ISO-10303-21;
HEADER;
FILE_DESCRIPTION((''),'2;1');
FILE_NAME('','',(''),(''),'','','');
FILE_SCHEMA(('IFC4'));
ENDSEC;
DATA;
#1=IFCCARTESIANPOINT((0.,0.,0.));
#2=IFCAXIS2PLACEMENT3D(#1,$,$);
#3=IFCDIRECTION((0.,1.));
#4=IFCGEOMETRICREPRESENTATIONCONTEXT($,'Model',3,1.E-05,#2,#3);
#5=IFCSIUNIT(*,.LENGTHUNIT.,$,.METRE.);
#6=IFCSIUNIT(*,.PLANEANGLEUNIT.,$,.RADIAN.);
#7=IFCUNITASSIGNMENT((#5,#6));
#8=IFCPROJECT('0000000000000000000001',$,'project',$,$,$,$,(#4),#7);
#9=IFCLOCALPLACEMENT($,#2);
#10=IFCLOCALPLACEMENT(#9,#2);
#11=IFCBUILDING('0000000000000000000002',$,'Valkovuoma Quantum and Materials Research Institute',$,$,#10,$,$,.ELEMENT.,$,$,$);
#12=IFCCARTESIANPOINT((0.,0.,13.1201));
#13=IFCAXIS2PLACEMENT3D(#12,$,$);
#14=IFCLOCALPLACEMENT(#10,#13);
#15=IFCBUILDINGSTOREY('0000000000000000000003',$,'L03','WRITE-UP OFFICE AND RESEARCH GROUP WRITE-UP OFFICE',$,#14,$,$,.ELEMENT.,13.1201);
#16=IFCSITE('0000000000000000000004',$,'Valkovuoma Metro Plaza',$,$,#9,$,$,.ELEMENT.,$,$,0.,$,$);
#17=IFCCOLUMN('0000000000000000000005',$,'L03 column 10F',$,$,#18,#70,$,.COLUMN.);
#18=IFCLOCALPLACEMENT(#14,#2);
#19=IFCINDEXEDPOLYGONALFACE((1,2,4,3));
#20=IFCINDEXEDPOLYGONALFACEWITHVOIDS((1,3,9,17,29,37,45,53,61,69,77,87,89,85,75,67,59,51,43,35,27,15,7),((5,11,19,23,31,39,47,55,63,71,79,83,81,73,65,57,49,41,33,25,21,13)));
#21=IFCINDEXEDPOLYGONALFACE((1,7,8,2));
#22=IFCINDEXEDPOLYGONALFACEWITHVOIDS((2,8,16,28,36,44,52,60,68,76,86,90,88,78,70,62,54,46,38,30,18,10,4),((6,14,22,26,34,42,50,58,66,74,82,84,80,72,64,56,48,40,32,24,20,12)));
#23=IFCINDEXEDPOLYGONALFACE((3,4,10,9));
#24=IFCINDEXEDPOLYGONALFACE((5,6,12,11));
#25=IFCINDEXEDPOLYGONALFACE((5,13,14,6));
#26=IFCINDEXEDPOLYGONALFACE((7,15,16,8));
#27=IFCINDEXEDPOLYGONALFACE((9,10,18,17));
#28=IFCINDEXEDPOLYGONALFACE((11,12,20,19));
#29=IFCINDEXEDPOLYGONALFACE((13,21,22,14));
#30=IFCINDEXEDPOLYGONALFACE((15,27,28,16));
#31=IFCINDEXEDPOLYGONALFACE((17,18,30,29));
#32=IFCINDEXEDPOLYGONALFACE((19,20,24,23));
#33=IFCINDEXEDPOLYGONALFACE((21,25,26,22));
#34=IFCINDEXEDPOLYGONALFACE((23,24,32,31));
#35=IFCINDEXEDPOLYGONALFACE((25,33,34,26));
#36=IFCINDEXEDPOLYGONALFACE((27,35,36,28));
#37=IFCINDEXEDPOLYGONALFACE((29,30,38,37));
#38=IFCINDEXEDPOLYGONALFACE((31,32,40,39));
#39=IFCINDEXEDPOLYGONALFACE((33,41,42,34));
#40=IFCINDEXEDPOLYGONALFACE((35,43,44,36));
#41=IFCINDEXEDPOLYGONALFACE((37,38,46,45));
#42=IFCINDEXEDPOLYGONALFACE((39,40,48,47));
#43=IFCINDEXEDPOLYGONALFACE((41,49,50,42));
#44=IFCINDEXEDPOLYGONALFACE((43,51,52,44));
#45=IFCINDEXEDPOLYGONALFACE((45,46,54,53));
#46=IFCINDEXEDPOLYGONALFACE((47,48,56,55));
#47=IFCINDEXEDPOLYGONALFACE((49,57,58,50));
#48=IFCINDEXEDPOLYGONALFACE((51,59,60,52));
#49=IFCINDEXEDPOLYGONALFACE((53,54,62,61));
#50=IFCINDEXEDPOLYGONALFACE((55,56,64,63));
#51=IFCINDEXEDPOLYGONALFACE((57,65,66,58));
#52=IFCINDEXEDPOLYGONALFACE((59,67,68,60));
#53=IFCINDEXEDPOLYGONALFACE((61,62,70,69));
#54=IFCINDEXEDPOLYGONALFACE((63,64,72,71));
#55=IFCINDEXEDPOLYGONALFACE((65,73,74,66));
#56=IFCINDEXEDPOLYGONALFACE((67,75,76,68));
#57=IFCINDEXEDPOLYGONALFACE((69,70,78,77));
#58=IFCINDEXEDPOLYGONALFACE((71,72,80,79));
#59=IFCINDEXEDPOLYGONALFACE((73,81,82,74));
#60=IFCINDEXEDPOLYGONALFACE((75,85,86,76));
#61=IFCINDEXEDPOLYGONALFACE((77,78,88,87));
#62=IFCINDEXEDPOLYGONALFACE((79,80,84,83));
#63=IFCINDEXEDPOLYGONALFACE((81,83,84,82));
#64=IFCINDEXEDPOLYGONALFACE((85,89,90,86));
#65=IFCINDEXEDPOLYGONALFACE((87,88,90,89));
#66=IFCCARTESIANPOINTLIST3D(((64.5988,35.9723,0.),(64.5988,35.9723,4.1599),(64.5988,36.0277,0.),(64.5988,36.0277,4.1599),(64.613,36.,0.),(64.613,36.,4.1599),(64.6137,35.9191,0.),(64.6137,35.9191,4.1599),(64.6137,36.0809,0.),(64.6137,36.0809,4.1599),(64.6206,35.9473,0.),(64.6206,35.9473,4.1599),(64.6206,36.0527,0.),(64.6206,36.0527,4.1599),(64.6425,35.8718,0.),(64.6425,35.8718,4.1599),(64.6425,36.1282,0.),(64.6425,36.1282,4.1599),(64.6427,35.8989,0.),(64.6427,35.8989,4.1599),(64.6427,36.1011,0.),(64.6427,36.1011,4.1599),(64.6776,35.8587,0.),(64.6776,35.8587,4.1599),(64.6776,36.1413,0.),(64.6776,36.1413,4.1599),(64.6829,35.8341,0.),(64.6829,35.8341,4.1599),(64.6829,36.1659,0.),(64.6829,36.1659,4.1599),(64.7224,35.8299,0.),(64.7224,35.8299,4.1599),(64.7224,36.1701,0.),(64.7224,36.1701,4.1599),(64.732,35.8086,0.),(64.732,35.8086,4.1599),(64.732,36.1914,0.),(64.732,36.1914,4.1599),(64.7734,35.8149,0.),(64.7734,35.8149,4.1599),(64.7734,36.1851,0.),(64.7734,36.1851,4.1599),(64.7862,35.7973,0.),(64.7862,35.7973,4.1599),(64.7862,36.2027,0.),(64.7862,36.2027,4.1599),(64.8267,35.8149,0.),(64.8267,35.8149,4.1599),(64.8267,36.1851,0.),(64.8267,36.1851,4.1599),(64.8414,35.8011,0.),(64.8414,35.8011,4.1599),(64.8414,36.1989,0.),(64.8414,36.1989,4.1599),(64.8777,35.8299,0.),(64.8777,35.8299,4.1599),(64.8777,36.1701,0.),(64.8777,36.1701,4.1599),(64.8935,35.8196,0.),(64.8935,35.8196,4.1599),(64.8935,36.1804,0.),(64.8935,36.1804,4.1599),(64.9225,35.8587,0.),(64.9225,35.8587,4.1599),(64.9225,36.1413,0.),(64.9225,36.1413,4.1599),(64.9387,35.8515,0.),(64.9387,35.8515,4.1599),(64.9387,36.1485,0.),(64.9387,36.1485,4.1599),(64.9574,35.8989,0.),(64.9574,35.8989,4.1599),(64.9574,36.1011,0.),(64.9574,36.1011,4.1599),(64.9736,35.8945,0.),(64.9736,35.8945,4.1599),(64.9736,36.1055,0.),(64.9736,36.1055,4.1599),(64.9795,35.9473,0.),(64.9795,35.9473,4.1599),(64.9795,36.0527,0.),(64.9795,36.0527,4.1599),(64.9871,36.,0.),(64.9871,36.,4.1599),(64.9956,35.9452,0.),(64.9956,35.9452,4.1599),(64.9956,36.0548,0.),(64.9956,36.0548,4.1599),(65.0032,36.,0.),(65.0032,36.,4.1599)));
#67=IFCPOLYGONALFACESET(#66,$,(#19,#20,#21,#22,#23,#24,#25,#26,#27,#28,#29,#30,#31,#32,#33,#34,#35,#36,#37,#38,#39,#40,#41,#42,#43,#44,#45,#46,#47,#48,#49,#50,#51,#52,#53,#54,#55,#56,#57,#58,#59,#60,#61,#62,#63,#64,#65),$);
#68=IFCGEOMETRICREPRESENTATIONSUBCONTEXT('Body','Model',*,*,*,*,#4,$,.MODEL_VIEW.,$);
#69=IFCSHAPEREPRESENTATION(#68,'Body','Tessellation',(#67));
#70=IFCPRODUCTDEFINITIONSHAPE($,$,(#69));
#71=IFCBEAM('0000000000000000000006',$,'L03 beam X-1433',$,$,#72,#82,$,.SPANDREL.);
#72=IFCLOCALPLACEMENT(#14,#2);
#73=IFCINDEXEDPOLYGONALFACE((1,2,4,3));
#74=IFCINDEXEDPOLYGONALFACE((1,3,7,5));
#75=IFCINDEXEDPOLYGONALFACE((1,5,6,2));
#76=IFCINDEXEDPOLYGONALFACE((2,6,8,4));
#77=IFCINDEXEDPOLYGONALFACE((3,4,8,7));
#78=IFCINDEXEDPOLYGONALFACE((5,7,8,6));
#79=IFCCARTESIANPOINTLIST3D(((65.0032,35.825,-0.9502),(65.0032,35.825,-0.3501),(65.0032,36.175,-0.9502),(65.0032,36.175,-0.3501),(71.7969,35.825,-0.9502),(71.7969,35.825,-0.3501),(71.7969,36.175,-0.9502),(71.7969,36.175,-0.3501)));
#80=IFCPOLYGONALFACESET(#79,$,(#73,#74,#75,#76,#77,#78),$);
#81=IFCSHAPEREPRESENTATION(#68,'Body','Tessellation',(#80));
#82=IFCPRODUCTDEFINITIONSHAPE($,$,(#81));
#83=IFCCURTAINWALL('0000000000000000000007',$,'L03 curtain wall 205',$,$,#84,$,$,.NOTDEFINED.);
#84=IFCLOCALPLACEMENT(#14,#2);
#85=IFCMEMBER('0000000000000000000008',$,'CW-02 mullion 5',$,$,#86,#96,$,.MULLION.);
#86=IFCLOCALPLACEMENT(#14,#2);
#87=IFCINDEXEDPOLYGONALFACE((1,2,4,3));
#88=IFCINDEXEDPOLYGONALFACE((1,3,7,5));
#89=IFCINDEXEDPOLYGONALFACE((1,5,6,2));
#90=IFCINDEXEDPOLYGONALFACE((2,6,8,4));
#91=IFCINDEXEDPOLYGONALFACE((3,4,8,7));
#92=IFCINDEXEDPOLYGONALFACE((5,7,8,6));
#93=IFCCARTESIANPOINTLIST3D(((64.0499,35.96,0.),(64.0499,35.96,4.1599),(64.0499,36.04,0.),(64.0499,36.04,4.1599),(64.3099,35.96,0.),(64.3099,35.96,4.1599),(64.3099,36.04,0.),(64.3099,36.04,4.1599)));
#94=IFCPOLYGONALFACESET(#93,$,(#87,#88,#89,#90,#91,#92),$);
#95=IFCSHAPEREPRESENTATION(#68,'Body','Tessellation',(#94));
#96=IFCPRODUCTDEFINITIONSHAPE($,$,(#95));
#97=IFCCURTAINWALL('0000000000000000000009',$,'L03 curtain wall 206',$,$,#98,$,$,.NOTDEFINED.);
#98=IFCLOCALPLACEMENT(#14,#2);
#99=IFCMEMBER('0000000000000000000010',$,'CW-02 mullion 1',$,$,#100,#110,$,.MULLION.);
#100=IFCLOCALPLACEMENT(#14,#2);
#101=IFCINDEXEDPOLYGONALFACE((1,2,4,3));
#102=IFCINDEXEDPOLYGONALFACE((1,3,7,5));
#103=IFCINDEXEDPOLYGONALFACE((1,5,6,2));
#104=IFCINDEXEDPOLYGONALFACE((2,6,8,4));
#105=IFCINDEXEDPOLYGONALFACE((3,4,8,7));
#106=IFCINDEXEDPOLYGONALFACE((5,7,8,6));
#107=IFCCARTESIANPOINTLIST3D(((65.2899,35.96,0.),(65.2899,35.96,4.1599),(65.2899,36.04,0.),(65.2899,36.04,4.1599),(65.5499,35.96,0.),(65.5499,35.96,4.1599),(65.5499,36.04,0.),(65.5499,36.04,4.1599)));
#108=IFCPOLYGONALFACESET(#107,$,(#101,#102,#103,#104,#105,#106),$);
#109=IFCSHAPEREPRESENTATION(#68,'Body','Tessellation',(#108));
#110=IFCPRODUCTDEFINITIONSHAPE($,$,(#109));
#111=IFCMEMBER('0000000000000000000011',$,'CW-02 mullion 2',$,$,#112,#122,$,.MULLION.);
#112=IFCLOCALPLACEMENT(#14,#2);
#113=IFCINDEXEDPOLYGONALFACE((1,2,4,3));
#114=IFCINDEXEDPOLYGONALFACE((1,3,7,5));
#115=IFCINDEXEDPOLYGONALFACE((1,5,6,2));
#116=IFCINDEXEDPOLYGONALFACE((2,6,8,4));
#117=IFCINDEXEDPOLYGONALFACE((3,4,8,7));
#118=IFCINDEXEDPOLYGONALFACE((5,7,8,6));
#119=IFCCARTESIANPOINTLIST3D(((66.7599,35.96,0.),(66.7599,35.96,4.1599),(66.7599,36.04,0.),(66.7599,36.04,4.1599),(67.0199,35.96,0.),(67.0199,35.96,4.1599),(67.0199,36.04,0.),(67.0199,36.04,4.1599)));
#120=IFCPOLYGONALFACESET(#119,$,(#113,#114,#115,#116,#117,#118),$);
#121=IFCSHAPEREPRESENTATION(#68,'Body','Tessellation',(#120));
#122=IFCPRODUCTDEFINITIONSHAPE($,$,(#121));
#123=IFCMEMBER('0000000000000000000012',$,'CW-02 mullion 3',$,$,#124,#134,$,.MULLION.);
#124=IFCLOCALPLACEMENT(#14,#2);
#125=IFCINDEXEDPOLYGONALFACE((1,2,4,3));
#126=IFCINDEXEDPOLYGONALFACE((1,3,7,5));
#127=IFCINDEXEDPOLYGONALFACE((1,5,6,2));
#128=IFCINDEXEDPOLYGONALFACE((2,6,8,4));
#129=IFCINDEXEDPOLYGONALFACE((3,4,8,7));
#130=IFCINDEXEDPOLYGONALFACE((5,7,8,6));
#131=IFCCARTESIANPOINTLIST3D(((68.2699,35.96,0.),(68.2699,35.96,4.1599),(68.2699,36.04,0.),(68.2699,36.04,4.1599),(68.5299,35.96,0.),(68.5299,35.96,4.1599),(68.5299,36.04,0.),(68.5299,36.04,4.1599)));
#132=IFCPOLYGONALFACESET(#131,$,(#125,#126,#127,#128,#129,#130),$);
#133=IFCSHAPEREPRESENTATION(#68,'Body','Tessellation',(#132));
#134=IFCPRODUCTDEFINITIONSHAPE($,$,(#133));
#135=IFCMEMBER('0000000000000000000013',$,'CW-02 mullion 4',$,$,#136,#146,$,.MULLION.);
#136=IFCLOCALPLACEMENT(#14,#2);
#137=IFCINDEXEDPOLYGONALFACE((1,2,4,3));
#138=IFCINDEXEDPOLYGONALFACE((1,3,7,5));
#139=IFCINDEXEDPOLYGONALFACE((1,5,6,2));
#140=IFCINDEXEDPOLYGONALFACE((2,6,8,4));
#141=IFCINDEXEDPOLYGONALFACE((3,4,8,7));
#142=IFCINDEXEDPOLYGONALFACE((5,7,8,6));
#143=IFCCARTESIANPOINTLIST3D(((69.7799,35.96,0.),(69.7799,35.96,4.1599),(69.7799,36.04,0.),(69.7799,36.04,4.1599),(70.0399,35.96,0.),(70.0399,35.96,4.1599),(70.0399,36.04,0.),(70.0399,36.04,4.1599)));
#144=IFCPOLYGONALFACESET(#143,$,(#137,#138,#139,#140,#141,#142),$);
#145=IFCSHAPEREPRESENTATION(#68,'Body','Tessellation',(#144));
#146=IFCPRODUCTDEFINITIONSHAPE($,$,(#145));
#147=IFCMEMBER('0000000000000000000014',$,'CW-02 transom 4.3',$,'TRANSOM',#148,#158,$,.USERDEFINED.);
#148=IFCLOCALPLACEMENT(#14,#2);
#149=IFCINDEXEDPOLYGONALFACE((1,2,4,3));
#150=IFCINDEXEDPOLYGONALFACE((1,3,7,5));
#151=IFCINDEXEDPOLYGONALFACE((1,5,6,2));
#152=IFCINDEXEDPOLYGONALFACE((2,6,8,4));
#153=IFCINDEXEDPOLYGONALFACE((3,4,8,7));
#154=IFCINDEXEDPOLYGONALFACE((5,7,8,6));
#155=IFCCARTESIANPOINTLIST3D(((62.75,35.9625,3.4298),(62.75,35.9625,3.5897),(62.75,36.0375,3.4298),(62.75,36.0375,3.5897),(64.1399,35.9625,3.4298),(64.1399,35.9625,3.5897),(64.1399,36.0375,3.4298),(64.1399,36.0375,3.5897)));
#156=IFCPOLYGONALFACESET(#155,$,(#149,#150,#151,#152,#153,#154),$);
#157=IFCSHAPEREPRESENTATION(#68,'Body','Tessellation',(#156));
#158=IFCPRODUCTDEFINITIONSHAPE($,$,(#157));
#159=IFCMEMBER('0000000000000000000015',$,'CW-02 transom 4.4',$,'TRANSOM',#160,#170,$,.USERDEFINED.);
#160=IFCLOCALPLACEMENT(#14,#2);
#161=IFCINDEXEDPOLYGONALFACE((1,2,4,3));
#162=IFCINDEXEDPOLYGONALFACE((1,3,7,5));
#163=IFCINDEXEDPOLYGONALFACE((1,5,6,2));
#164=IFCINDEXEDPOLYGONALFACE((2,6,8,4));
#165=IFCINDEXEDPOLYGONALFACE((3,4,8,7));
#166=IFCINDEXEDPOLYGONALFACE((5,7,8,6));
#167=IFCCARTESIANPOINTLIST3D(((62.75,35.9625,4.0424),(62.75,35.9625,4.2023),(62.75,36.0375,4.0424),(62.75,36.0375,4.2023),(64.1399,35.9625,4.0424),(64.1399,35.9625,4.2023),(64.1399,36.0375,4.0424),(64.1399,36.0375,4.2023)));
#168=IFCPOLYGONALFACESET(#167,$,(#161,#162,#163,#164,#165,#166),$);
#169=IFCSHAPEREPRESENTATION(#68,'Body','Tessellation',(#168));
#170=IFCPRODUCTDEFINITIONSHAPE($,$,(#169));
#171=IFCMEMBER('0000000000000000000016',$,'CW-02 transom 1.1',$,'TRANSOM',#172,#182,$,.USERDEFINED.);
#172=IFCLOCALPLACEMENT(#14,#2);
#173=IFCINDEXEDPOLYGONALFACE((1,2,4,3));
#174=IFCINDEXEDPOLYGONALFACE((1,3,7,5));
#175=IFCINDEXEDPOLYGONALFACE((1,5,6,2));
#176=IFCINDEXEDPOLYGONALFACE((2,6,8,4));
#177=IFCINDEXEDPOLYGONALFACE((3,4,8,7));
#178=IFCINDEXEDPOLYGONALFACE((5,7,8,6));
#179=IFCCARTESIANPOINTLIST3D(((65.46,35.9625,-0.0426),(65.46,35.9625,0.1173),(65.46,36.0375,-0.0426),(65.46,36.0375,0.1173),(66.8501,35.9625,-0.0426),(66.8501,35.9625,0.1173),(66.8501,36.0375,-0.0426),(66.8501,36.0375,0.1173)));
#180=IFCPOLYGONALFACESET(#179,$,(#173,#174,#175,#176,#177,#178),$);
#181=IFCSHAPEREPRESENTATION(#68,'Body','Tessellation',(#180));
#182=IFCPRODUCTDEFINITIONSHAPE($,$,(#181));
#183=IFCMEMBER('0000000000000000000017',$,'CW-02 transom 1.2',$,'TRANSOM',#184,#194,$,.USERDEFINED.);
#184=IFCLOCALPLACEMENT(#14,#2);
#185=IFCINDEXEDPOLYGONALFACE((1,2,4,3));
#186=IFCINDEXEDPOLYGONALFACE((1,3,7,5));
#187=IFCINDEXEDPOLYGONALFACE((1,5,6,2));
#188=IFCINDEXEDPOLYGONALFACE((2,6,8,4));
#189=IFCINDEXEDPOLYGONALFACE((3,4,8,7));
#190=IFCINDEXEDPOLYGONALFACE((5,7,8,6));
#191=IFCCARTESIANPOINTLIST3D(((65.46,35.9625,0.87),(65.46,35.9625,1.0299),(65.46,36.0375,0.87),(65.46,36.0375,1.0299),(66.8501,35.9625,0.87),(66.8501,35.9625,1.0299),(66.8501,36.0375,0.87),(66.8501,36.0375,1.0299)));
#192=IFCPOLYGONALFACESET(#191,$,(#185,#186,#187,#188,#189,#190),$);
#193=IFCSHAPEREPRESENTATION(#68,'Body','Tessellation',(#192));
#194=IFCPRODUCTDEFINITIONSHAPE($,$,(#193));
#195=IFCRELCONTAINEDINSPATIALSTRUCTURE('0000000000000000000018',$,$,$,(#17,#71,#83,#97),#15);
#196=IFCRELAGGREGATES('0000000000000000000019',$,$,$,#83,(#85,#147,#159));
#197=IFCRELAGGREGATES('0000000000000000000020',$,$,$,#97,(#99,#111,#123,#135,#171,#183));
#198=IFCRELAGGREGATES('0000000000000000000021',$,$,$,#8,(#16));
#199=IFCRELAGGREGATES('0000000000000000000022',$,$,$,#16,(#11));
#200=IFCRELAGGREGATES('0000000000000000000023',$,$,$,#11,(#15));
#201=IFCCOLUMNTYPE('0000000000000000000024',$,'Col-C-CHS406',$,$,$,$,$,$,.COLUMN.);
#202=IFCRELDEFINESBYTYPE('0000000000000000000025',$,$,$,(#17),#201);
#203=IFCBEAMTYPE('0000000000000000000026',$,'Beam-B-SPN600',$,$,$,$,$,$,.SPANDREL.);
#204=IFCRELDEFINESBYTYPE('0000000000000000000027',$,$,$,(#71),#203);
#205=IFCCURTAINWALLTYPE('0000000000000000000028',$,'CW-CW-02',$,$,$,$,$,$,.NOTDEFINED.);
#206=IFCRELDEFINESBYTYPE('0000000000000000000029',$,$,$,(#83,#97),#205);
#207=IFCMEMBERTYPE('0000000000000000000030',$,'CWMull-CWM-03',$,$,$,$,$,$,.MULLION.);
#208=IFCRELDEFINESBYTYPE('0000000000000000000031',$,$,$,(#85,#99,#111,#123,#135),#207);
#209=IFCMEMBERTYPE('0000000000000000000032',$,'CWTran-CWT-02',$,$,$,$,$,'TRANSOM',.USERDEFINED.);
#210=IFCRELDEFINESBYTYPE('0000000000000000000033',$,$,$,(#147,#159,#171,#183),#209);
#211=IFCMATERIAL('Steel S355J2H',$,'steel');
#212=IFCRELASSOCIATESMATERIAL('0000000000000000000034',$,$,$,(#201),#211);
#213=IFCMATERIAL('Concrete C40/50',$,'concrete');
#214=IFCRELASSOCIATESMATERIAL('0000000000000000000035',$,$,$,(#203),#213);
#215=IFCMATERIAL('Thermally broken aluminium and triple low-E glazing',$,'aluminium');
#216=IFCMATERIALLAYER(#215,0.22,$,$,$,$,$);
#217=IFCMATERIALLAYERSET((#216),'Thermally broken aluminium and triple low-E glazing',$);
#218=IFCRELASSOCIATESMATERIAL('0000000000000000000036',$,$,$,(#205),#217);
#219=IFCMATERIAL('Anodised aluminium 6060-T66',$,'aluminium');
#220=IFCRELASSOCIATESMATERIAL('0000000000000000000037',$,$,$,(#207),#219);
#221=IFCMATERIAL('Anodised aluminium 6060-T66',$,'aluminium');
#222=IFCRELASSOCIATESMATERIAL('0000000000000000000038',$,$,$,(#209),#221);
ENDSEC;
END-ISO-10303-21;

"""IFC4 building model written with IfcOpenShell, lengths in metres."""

from ifc_helpers import new_model, si_unit, direction, frame, origin, origin_2d, place, context, subcontext, project, spatial, rectangle, hollow_circle, extrude, material, layer, layer_set, material_profile, profile_set, type_object, element, aggregate, save


model = new_model("IFC4")

# Units and contexts
model_context = context("Model", 3, precision=1e-05, world=origin(), true_north=direction((0.0, 1.0)))
body_context = subcontext(model_context, "Body", "Model", "MODEL_VIEW")
ifc_project = project(units=[si_unit("LENGTHUNIT", "METRE"), si_unit("PLANEANGLEUNIT", "RADIAN")], contexts=[model_context])

# Site, building, storey
site_placement = place(None, origin())
site = spatial("IfcSite", under=ifc_project, at=site_placement, Name="Valkovuoma Metro Plaza", CompositionType="ELEMENT", RefElevation=0.0)
building_placement = place(site_placement, origin())
building = spatial("IfcBuilding", under=site, at=building_placement, Name="Valkovuoma Quantum and Materials Research Institute", CompositionType="ELEMENT")
storey_placement = place(building_placement, frame((0.0, 0.0, 13.1201)))
storey = spatial("IfcBuildingStorey", under=building, at=storey_placement, Name="L03", Description="WRITE-UP OFFICE AND RESEARCH GROUP WRITE-UP OFFICE", CompositionType="ELEMENT", Elevation=13.1201)

# Column
ifc_material_1 = material(Name="Steel S355J2H", Category="steel")
ifc_material_profile_1 = material_profile(ifc_material_1, hollow_circle(Radius=0.2031, WallThickness=0.0161, at=origin_2d()), Name="Steel S355J2H")
ifc_profile_set_1 = profile_set([ifc_material_profile_1], Name="Steel S355J2H")
column_type = type_object("IfcColumnType", Name="Col-C-CHS406", PredefinedType="COLUMN", material=ifc_profile_set_1)
column_placement = place(storey_placement, frame((64.8, 36.0, 0.0), z_axis=(0.0, 0.0, 1.0), x_axis=(1.0, 0.0, 0.0)))
element("IfcColumn", 1, at=column_placement, inside=storey, type_object=column_type, Name="L03 column 10F", PredefinedType="COLUMN", context=body_context, shape_type="SweptSolid", body=[
    extrude(hollow_circle(Radius=0.2031, WallThickness=0.0161, at=origin_2d()), origin(), (0.0, 0.0, 1.0), 4.1599),
])

# Beam
ifc_material_2 = material(Name="Concrete C40/50", Category="concrete")
ifc_material_profile_2 = material_profile(ifc_material_2, rectangle(XDim=0.3501, YDim=0.6001, at=origin_2d()), Name="Concrete C40/50")
ifc_profile_set_2 = profile_set([ifc_material_profile_2], Name="Concrete C40/50")
beam_type = type_object("IfcBeamType", Name="Beam-B-SPN600", PredefinedType="SPANDREL", material=ifc_profile_set_2)
beam_placement = place(storey_placement, frame((65.0032, 36.0, -0.6501), z_axis=(1.0, 0.0, 0.0), x_axis=(0.0, 1.0, 0.0)))
element("IfcBeam", 2, at=beam_placement, inside=storey, type_object=beam_type, Name="L03 beam X-1433", PredefinedType="SPANDREL", context=body_context, shape_type="SweptSolid", body=[
    extrude(rectangle(XDim=0.3501, YDim=0.6001, at=origin_2d()), origin(), (0.0, 0.0, 1.0), 6.7937),
])

# Curtain wall, member
ifc_material_3 = material(Name="Thermally broken aluminium and triple low-E glazing", Category="aluminium")
ifc_layer_1 = layer(ifc_material_3, 0.22)
ifc_layer_set_1 = layer_set([ifc_layer_1], Name="Thermally broken aluminium and triple low-E glazing")
curtain_wall_type = type_object("IfcCurtainWallType", Name="CW-CW-02", PredefinedType="NOTDEFINED", material=ifc_layer_set_1)
curtain_wall_1_placement = place(storey_placement, origin())
curtain_wall_1 = element("IfcCurtainWall", 3, at=curtain_wall_1_placement, inside=storey, type_object=curtain_wall_type, Name="L03 curtain wall 205", PredefinedType="NOTDEFINED")
ifc_material_4 = material(Name="Anodised aluminium 6060-T66", Category="aluminium")
ifc_material_profile_3 = material_profile(ifc_material_4, rectangle(XDim=0.0801, YDim=0.26, at=origin_2d()), Name="Anodised aluminium 6060-T66")
ifc_profile_set_3 = profile_set([ifc_material_profile_3], Name="Anodised aluminium 6060-T66")
member_type_1 = type_object("IfcMemberType", Name="CWMull-CWM-03", PredefinedType="MULLION", material=ifc_profile_set_3)
member_1_placement = place(storey_placement, frame((64.1799, 36.0, 0.0), z_axis=(0.0, 0.0, 1.0), x_axis=(0.0, 1.0, 0.0)))
member_1 = element("IfcMember", 4, at=member_1_placement, type_object=member_type_1, Name="CW-02 mullion 5", PredefinedType="MULLION", context=body_context, shape_type="SweptSolid", body=[
    extrude(rectangle(XDim=0.0801, YDim=0.26, at=origin_2d()), origin(), (0.0, 0.0, 1.0), 4.1599),
])

# Curtain wall, members
curtain_wall_2_placement = place(storey_placement, origin())
curtain_wall_2 = element("IfcCurtainWall", 5, at=curtain_wall_2_placement, inside=storey, type_object=curtain_wall_type, Name="L03 curtain wall 206", PredefinedType="NOTDEFINED")
member_2_placement = place(storey_placement, frame((65.4199, 36.0, 0.0), z_axis=(0.0, 0.0, 1.0), x_axis=(0.0, 1.0, 0.0)))
member_2 = element("IfcMember", 6, at=member_2_placement, type_object=member_type_1, Name="CW-02 mullion 1", PredefinedType="MULLION", context=body_context, shape_type="SweptSolid", body=[
    extrude(rectangle(XDim=0.0801, YDim=0.26, at=origin_2d()), origin(), (0.0, 0.0, 1.0), 4.1599),
])
member_3_placement = place(storey_placement, frame((66.8899, 36.0, 0.0), z_axis=(0.0, 0.0, 1.0), x_axis=(0.0, 1.0, 0.0)))
member_3 = element("IfcMember", 7, at=member_3_placement, type_object=member_type_1, Name="CW-02 mullion 2", PredefinedType="MULLION", context=body_context, shape_type="SweptSolid", body=[
    extrude(rectangle(XDim=0.0801, YDim=0.26, at=origin_2d()), origin(), (0.0, 0.0, 1.0), 4.1599),
])
member_4_placement = place(storey_placement, frame((68.3999, 36.0, 0.0), z_axis=(0.0, 0.0, 1.0), x_axis=(0.0, 1.0, 0.0)))
member_4 = element("IfcMember", 8, at=member_4_placement, type_object=member_type_1, Name="CW-02 mullion 3", PredefinedType="MULLION", context=body_context, shape_type="SweptSolid", body=[
    extrude(rectangle(XDim=0.0801, YDim=0.26, at=origin_2d()), origin(), (0.0, 0.0, 1.0), 4.1599),
])
member_5_placement = place(storey_placement, frame((69.9099, 36.0, 0.0), z_axis=(0.0, 0.0, 1.0), x_axis=(0.0, 1.0, 0.0)))
member_5 = element("IfcMember", 9, at=member_5_placement, type_object=member_type_1, Name="CW-02 mullion 4", PredefinedType="MULLION", context=body_context, shape_type="SweptSolid", body=[
    extrude(rectangle(XDim=0.0801, YDim=0.26, at=origin_2d()), origin(), (0.0, 0.0, 1.0), 4.1599),
])

# Members
ifc_material_5 = material(Name="Anodised aluminium 6060-T66", Category="aluminium")
ifc_material_profile_4 = material_profile(ifc_material_5, rectangle(XDim=0.075, YDim=0.1599, at=origin_2d()), Name="Anodised aluminium 6060-T66")
ifc_profile_set_4 = profile_set([ifc_material_profile_4], Name="Anodised aluminium 6060-T66")
member_type_2 = type_object("IfcMemberType", Name="CWTran-CWT-02", ElementType="TRANSOM", PredefinedType="USERDEFINED", material=ifc_profile_set_4)
member_6_placement = place(storey_placement, frame((62.75, 36.0, 3.5098), z_axis=(1.0, 0.0, 0.0), x_axis=(0.0, 1.0, 0.0)))
member_6 = element("IfcMember", 10, at=member_6_placement, type_object=member_type_2, Name="CW-02 transom 4.3", ObjectType="TRANSOM", PredefinedType="USERDEFINED", context=body_context, shape_type="SweptSolid", body=[
    extrude(rectangle(XDim=0.075, YDim=0.1599, at=origin_2d()), origin(), (0.0, 0.0, 1.0), 1.3899),
])
member_7_placement = place(storey_placement, frame((62.75, 36.0, 4.1223), z_axis=(1.0, 0.0, 0.0), x_axis=(0.0, 1.0, 0.0)))
member_7 = element("IfcMember", 11, at=member_7_placement, type_object=member_type_2, Name="CW-02 transom 4.4", ObjectType="TRANSOM", PredefinedType="USERDEFINED", context=body_context, shape_type="SweptSolid", body=[
    extrude(rectangle(XDim=0.075, YDim=0.1599, at=origin_2d()), origin(), (0.0, 0.0, 1.0), 1.3899),
])
member_8_placement = place(storey_placement, frame((65.46, 36.0, 0.0374), z_axis=(1.0, 0.0, 0.0), x_axis=(0.0, 1.0, 0.0)))
member_8 = element("IfcMember", 12, at=member_8_placement, type_object=member_type_2, Name="CW-02 transom 1.1", ObjectType="TRANSOM", PredefinedType="USERDEFINED", context=body_context, shape_type="SweptSolid", body=[
    extrude(rectangle(XDim=0.075, YDim=0.1599, at=origin_2d()), origin(), (0.0, 0.0, 1.0), 1.3901),
])
member_9_placement = place(storey_placement, frame((65.46, 36.0, 0.95), z_axis=(1.0, 0.0, 0.0), x_axis=(0.0, 1.0, 0.0)))
member_9 = element("IfcMember", 13, at=member_9_placement, type_object=member_type_2, Name="CW-02 transom 1.2", ObjectType="TRANSOM", PredefinedType="USERDEFINED", context=body_context, shape_type="SweptSolid", body=[
    extrude(rectangle(XDim=0.075, YDim=0.1599, at=origin_2d()), origin(), (0.0, 0.0, 1.0), 1.3901),
])

aggregate(curtain_wall_1, [member_1, member_6, member_7])
aggregate(curtain_wall_2, [member_2, member_3, member_4, member_5, member_8, member_9])

save(model, "model.ifc")
